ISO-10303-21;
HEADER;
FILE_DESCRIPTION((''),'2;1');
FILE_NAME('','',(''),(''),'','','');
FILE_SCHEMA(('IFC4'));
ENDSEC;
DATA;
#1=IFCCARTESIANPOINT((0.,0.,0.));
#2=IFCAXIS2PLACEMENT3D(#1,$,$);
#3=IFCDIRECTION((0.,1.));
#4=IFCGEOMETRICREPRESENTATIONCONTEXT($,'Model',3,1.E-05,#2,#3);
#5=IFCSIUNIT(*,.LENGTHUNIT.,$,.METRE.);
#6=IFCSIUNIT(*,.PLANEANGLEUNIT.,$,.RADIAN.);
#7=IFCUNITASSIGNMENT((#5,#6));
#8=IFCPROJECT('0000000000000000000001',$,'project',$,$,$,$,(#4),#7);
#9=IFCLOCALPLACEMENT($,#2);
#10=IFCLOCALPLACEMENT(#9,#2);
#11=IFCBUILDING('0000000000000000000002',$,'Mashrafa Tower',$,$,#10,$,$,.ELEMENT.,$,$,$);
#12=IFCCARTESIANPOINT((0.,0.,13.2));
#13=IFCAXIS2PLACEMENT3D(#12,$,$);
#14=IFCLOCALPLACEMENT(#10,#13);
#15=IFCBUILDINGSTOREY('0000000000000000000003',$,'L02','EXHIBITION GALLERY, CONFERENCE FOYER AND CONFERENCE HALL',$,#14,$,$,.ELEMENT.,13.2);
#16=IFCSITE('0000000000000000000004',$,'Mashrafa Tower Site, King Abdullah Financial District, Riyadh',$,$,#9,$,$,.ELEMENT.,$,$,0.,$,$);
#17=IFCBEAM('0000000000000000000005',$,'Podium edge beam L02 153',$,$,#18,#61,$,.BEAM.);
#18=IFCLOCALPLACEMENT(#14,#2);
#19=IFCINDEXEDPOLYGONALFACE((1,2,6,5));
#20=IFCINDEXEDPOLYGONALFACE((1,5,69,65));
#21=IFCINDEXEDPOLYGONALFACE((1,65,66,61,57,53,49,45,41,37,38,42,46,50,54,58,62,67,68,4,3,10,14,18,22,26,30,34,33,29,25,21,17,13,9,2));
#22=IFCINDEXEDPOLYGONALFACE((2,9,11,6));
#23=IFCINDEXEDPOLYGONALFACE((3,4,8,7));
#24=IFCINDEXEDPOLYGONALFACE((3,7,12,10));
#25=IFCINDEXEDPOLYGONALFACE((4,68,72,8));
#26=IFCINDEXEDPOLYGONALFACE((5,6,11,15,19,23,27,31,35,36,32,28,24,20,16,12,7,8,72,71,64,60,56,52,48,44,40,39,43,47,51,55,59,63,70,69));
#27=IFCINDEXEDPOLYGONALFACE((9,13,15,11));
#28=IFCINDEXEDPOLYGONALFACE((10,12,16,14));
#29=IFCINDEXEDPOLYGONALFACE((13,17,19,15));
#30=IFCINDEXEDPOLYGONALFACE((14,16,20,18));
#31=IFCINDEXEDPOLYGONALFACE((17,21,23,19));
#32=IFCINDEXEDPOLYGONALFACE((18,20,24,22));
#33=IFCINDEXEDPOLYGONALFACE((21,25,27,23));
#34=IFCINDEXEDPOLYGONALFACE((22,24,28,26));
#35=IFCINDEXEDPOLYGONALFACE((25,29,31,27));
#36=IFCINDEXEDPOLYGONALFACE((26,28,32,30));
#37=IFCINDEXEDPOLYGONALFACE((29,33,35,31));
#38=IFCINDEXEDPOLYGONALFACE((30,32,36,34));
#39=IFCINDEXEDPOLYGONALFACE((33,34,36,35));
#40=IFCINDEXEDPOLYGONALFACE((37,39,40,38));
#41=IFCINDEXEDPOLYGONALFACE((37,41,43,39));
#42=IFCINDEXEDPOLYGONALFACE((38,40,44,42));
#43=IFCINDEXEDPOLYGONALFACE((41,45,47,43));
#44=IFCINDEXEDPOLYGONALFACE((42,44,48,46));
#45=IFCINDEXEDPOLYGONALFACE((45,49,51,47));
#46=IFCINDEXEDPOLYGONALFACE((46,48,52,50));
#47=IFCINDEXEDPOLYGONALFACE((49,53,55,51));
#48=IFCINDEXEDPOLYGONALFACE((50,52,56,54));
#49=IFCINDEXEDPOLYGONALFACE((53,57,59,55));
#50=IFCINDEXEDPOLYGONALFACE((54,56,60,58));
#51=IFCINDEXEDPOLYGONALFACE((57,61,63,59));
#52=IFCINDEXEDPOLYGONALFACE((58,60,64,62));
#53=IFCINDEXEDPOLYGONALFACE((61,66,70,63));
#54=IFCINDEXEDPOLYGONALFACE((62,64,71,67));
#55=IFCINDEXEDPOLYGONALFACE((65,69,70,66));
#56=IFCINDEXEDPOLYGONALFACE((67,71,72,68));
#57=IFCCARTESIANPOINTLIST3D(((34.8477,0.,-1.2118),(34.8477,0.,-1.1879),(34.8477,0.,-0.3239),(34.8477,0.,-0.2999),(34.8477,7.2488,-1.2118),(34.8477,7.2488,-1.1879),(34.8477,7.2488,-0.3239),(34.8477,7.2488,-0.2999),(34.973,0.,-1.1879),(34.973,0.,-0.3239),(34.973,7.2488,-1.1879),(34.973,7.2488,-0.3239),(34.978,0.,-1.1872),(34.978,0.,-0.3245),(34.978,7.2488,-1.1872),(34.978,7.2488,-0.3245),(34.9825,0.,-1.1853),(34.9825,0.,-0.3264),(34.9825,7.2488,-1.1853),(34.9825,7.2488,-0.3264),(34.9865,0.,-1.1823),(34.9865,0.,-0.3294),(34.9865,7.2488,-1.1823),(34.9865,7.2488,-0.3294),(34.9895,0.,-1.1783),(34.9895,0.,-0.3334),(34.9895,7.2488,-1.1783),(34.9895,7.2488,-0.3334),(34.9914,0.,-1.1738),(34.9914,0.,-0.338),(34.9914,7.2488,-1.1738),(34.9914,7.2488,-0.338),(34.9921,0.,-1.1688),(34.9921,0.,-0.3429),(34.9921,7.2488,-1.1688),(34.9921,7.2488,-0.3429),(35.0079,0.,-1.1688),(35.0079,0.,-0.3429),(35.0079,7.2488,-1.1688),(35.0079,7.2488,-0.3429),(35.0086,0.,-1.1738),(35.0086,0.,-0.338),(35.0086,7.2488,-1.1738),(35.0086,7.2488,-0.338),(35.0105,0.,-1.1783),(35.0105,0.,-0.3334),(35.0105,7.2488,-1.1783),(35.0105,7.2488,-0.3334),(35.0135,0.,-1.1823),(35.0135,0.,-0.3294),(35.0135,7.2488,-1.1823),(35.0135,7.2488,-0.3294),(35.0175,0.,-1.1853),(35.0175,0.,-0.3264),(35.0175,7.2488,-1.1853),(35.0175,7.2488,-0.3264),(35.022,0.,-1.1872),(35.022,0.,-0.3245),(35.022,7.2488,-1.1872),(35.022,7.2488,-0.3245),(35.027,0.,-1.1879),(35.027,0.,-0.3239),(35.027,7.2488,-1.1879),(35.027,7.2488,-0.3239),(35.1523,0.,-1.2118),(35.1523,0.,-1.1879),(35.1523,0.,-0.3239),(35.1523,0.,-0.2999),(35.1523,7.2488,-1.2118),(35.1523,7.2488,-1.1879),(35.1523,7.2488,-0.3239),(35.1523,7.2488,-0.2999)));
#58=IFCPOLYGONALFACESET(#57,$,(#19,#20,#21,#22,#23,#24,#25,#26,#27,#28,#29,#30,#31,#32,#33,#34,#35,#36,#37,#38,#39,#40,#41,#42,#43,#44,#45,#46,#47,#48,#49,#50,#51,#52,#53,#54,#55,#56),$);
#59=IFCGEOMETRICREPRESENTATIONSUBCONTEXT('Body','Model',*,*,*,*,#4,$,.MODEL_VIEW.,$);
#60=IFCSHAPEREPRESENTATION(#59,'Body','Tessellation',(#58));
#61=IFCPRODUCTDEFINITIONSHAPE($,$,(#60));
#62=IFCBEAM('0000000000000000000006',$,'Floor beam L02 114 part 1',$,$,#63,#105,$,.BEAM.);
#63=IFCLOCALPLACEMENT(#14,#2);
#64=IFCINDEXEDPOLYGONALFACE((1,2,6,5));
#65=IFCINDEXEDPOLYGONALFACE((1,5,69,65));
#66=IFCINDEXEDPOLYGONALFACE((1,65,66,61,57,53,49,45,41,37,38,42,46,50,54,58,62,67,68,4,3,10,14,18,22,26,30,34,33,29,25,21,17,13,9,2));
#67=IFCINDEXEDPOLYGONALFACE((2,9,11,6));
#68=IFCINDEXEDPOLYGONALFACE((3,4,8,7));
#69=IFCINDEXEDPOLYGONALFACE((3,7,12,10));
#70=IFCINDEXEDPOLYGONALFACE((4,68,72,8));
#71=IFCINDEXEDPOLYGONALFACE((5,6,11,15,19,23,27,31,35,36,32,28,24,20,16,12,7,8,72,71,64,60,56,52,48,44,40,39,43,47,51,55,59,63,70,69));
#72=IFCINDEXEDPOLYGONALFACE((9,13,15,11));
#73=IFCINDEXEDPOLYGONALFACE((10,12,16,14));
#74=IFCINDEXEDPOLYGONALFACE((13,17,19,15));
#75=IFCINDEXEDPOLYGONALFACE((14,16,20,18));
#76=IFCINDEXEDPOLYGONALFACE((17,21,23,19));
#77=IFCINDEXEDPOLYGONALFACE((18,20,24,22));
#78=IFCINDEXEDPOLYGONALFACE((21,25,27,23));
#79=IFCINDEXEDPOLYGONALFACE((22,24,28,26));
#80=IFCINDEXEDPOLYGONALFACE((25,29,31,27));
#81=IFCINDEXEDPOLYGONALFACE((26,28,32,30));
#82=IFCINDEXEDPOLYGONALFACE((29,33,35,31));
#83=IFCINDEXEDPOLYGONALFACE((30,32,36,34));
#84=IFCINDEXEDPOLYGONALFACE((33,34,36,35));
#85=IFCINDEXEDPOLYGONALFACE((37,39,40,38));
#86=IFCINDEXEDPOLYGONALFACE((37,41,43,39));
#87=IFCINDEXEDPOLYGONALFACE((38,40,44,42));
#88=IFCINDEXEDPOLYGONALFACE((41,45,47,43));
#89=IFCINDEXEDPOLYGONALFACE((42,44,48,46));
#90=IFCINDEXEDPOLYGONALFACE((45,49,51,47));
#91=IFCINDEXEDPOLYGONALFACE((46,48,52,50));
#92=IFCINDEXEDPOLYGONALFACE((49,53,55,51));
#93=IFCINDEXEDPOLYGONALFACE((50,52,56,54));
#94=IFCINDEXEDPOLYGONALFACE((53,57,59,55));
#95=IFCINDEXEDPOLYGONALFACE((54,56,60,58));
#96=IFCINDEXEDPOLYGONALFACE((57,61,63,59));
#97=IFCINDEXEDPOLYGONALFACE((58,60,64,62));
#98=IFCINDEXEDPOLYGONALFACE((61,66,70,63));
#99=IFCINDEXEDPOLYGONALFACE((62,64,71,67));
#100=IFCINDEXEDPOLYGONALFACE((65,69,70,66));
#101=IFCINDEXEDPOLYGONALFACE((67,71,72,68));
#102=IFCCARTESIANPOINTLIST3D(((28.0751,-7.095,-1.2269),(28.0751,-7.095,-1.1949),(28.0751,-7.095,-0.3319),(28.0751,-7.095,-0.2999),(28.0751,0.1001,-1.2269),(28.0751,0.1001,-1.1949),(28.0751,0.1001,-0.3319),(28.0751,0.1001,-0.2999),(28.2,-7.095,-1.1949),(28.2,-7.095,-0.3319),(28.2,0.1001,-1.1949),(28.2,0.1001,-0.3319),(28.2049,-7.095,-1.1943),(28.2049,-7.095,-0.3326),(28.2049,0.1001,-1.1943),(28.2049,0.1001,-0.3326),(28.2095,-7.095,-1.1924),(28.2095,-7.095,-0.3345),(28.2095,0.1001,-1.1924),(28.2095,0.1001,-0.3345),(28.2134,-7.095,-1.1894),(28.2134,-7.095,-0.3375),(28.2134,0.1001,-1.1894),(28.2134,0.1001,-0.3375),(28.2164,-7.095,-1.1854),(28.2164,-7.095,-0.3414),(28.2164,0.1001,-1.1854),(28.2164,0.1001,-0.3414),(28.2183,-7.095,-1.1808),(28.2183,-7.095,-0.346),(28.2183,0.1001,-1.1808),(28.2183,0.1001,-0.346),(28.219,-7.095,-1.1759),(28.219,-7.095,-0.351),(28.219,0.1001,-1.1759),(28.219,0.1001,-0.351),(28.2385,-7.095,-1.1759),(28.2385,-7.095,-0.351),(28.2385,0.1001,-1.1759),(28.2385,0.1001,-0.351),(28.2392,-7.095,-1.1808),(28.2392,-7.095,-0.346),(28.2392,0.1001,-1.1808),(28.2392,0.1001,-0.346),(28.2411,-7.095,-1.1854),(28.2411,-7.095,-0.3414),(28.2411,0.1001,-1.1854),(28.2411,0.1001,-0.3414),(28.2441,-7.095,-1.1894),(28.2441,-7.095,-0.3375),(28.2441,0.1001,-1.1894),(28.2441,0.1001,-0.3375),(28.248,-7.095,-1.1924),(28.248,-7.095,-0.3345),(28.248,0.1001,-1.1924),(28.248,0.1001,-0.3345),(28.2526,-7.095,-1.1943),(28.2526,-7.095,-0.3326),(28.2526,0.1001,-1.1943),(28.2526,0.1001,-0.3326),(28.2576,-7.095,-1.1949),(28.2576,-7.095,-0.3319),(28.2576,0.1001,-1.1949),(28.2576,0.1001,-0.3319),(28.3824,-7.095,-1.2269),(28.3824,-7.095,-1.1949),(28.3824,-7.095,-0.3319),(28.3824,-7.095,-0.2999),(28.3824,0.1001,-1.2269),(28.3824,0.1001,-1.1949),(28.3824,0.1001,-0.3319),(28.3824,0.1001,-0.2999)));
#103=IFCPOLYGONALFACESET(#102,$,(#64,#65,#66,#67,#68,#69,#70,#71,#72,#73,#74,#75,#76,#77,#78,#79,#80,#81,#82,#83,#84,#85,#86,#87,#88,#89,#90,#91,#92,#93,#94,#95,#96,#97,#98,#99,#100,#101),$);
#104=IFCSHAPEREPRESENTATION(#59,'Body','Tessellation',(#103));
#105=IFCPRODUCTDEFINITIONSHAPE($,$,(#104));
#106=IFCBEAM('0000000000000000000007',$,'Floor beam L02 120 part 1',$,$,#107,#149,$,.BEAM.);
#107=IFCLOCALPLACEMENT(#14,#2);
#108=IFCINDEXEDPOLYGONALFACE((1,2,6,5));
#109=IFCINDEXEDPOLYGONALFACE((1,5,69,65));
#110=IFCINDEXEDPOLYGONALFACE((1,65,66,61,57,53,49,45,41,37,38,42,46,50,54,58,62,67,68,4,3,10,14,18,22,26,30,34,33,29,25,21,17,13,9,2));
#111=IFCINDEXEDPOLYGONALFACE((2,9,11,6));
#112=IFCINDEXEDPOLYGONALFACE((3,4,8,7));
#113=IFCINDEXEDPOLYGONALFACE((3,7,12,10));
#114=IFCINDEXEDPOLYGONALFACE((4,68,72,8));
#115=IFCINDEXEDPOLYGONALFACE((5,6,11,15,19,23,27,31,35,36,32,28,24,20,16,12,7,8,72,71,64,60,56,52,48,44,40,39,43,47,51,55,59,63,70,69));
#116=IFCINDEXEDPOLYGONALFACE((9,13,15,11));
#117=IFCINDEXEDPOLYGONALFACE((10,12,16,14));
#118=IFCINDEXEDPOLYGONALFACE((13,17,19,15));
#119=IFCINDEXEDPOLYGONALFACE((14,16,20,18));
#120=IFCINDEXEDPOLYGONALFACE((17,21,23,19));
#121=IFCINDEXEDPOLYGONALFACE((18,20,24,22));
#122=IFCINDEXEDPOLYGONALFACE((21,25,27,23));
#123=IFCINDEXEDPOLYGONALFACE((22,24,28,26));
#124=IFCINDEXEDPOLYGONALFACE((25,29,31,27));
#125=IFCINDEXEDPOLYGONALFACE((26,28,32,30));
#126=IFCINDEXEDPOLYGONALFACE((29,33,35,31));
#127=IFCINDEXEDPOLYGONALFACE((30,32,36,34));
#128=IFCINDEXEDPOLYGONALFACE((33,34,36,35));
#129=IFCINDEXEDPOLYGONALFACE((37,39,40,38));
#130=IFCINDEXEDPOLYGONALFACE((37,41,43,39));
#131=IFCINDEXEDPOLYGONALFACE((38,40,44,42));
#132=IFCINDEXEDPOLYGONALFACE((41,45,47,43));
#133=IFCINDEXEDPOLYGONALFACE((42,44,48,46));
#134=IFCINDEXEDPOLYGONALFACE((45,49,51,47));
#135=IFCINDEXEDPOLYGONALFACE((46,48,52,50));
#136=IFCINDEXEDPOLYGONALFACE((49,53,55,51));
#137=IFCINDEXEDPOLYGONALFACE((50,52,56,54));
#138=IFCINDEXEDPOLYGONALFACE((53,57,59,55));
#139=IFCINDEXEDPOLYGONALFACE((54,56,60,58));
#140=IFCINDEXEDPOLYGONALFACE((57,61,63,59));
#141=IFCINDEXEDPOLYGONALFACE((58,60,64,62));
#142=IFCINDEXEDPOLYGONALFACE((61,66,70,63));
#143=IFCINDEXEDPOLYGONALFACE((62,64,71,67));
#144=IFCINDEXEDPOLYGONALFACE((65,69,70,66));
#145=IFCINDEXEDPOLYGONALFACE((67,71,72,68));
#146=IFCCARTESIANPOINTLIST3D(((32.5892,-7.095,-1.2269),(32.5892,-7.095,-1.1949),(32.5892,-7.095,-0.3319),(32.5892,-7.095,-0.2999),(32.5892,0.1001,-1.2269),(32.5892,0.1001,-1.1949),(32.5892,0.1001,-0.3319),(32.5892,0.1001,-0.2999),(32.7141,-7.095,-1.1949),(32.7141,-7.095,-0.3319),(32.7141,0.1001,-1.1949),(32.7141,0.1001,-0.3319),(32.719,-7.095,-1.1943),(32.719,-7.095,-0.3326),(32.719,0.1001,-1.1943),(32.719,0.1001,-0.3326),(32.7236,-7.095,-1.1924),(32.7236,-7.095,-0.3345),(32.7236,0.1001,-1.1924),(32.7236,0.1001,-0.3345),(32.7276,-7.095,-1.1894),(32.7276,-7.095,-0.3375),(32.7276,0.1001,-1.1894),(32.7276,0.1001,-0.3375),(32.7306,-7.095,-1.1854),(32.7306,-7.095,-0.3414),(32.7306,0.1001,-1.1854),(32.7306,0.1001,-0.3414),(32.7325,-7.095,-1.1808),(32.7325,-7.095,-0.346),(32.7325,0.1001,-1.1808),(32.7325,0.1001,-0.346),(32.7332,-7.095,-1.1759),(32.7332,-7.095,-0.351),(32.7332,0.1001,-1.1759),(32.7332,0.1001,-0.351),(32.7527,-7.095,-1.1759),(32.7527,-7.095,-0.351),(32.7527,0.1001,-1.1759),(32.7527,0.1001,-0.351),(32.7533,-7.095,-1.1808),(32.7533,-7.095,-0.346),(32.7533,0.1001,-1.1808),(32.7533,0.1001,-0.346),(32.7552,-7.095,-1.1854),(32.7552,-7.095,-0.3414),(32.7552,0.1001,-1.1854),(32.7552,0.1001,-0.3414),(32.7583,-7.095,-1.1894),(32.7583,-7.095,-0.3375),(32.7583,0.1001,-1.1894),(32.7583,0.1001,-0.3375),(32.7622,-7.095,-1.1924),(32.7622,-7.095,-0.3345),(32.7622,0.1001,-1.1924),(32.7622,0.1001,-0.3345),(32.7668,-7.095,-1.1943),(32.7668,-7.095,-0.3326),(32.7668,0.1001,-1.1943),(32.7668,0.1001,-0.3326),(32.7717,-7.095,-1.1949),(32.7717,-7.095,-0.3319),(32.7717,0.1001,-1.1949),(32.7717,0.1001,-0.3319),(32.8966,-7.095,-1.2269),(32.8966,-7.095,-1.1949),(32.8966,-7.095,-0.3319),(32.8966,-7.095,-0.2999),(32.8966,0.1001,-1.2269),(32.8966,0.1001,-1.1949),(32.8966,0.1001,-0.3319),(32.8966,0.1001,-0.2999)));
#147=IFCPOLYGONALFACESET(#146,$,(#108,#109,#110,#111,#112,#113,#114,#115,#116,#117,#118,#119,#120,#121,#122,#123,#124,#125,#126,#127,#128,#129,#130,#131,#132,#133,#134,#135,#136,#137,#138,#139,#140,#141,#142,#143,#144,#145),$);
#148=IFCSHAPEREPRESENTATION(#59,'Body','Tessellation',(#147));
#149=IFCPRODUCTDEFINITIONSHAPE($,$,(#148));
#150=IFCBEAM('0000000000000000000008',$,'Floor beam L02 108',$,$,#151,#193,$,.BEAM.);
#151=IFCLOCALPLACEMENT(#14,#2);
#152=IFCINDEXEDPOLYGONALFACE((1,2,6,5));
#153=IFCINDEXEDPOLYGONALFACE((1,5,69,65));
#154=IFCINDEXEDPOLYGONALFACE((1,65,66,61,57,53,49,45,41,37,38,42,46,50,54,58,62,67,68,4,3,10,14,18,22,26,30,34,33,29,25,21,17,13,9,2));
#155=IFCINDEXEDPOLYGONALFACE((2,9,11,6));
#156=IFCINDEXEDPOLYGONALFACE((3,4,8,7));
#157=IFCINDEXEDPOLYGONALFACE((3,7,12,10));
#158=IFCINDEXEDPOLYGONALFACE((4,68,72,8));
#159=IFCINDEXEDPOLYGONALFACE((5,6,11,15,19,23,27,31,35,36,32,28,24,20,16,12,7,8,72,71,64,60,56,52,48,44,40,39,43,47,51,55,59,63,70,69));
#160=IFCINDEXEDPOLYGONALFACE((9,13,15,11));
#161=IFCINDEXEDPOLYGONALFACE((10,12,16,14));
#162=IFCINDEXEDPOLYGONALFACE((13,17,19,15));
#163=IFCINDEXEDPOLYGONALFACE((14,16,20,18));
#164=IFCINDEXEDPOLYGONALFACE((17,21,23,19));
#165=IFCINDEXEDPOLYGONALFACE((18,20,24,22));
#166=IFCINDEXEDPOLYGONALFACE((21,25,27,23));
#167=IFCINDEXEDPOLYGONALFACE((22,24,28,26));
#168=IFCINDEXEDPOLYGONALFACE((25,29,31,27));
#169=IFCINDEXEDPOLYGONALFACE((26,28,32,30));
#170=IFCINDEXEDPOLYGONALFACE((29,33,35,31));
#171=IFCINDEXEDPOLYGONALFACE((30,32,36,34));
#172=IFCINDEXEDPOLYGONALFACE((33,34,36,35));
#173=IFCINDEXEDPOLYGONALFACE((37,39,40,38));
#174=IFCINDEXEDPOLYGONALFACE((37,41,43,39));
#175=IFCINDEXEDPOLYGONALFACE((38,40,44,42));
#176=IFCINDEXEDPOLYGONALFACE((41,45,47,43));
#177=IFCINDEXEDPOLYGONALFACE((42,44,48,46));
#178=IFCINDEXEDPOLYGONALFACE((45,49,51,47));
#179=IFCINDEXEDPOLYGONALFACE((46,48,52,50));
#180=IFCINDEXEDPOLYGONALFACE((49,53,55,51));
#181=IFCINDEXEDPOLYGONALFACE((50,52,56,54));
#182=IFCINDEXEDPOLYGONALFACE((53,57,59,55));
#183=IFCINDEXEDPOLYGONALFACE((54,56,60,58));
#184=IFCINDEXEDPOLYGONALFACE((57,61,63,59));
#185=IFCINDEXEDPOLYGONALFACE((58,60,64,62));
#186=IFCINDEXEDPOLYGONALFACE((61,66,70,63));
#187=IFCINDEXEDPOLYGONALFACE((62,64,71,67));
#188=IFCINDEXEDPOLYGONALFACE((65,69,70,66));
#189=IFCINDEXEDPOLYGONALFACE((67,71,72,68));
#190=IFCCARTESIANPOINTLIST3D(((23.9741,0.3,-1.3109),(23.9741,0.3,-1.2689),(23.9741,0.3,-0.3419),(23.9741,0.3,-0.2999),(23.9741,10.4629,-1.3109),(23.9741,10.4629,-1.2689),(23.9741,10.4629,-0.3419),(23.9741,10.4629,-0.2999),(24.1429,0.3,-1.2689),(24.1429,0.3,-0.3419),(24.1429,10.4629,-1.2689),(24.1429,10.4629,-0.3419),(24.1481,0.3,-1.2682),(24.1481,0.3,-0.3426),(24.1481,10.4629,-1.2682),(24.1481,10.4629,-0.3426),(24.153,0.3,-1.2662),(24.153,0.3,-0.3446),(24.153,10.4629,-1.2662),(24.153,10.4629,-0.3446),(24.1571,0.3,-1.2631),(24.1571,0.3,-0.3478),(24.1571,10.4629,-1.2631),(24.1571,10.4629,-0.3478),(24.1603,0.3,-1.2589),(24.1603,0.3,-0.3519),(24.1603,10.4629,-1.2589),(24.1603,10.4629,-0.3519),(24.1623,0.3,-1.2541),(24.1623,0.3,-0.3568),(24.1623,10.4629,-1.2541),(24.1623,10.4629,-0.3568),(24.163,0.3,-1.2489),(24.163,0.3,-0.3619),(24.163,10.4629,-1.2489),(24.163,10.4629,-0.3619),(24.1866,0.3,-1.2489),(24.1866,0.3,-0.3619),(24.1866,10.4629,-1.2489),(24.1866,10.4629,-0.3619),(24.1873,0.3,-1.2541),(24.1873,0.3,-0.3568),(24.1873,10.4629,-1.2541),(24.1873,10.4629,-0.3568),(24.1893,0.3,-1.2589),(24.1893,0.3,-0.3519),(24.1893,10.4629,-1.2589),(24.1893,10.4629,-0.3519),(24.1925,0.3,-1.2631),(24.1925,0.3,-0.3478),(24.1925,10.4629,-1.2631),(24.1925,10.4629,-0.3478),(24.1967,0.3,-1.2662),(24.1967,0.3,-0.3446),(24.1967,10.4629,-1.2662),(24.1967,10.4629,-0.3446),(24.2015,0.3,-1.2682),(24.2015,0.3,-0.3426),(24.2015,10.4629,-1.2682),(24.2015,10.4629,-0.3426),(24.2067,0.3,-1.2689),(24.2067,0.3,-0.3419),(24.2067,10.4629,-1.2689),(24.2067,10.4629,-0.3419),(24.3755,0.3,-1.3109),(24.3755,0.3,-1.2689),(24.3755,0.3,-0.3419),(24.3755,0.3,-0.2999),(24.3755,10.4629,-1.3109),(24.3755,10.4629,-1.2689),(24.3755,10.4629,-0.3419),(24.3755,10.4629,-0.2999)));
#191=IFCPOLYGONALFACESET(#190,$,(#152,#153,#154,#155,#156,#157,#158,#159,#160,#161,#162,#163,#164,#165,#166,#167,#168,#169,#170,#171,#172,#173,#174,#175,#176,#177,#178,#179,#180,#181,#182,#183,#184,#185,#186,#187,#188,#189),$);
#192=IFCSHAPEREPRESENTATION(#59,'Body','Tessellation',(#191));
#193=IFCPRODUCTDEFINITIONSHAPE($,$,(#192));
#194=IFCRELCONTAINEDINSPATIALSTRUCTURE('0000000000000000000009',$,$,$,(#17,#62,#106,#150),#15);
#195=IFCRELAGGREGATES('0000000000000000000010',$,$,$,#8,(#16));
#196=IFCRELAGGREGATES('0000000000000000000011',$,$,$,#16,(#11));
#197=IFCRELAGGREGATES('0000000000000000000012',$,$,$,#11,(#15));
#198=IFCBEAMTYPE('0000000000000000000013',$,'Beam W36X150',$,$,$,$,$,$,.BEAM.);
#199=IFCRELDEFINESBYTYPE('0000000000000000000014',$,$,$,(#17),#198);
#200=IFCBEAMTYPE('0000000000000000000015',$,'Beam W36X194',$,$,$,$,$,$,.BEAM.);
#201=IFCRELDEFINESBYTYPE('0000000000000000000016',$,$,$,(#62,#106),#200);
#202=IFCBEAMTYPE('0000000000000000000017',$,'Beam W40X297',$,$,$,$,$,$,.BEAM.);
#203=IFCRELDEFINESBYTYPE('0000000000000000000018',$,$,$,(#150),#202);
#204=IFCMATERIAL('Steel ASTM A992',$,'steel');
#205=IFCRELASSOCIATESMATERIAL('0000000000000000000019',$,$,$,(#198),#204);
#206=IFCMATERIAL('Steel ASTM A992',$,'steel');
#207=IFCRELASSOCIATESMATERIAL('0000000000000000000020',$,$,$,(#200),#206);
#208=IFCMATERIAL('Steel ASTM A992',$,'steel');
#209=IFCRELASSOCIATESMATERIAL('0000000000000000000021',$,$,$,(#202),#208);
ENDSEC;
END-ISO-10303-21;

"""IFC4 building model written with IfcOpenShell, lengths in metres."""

from ifc_helpers import new_model, si_unit, direction, frame, origin, origin_2d, place, context, subcontext, project, spatial, i_section, extrude, material, material_profile, profile_set, type_object, element, save


model = new_model("IFC4")

# Units and contexts
model_context = context("Model", 3, precision=1e-05, world=origin(), true_north=direction((0.0, 1.0)))
body_context = subcontext(model_context, "Body", "Model", "MODEL_VIEW")
ifc_project = project(units=[si_unit("LENGTHUNIT", "METRE"), si_unit("PLANEANGLEUNIT", "RADIAN")], contexts=[model_context])

# Site, building, storey
site_placement = place(None, origin())
site = spatial("IfcSite", under=ifc_project, at=site_placement, Name="Mashrafa Tower Site, King Abdullah Financial District, Riyadh", CompositionType="ELEMENT", RefElevation=0.0)
building_placement = place(site_placement, origin())
building = spatial("IfcBuilding", under=site, at=building_placement, Name="Mashrafa Tower", CompositionType="ELEMENT")
storey_placement = place(building_placement, frame((0.0, 0.0, 13.2)))
storey = spatial("IfcBuildingStorey", under=building, at=storey_placement, Name="L02", Description="EXHIBITION GALLERY, CONFERENCE FOYER AND CONFERENCE HALL", CompositionType="ELEMENT", Elevation=13.2)

# Beams
ifc_material_1 = material(Name="Steel ASTM A992", Category="steel")
ifc_material_profile_1 = material_profile(ifc_material_1, i_section(OverallWidth=0.3047, OverallDepth=0.9119, WebThickness=0.0159, FlangeThickness=0.0239, FilletRadius=0.019, at=origin_2d()), Name="W36X150")
ifc_profile_set_1 = profile_set([ifc_material_profile_1], Name="Steel ASTM A992")
beam_type_1 = type_object("IfcBeamType", Name="Beam W36X150", PredefinedType="BEAM", material=ifc_profile_set_1)
beam_1_placement = place(storey_placement, frame((35.0, 0.0, -0.7559), z_axis=(0.0, 1.0, 0.0), x_axis=(-1.0, 0.0, 0.0)))
element("IfcBeam", 1, at=beam_1_placement, inside=storey, type_object=beam_type_1, Name="Podium edge beam L02 153", PredefinedType="BEAM", context=body_context, shape_type="SweptSolid", body=[
    extrude(i_section(OverallWidth=0.3047, OverallDepth=0.9119, WebThickness=0.0159, FlangeThickness=0.0239, FilletRadius=0.019, at=origin_2d()), origin(), (0.0, 0.0, 1.0), 7.2488),
])
ifc_material_2 = material(Name="Steel ASTM A992", Category="steel")
ifc_material_profile_2 = material_profile(ifc_material_2, i_section(OverallWidth=0.3074, OverallDepth=0.927, WebThickness=0.0195, FlangeThickness=0.032, FilletRadius=0.019, at=origin_2d()), Name="W36X194")
ifc_profile_set_2 = profile_set([ifc_material_profile_2], Name="Steel ASTM A992")
beam_type_2 = type_object("IfcBeamType", Name="Beam W36X194", PredefinedType="BEAM", material=ifc_profile_set_2)
for number, where, z_axis, x_axis, name in (
    (2, (28.2288, 0.1001, -0.7634), (0.0, -1.0, 0.0), (1.0, 0.0, 0.0), "Floor beam L02 114 part 1"),
    (3, (32.7429, 0.1001, -0.7634), (0.0, -1.0, 0.0), (1.0, 0.0, 0.0), "Floor beam L02 120 part 1"),
):
    element("IfcBeam", number, at=place(storey_placement, frame(where, z_axis=z_axis, x_axis=x_axis)), inside=storey, type_object=beam_type_2, Name=name, PredefinedType="BEAM", context=body_context, shape_type="SweptSolid", body=[
        extrude(i_section(OverallWidth=0.3074, OverallDepth=0.927, WebThickness=0.0195, FlangeThickness=0.032, FilletRadius=0.019, at=origin_2d()), origin(), (0.0, 0.0, 1.0), 7.1951),
    ])
ifc_material_3 = material(Name="Steel ASTM A992", Category="steel")
ifc_material_profile_3 = material_profile(ifc_material_3, i_section(OverallWidth=0.4014, OverallDepth=1.011, WebThickness=0.0237, FlangeThickness=0.042, FilletRadius=0.02, at=origin_2d()), Name="W40X297")
ifc_profile_set_3 = profile_set([ifc_material_profile_3], Name="Steel ASTM A992")
beam_type_3 = type_object("IfcBeamType", Name="Beam W40X297", PredefinedType="BEAM", material=ifc_profile_set_3)
beam_2_placement = place(storey_placement, frame((24.1748, 10.4629, -0.8054), z_axis=(0.0, -1.0, 0.0), x_axis=(1.0, 0.0, 0.0)))
element("IfcBeam", 4, at=beam_2_placement, inside=storey, type_object=beam_type_3, Name="Floor beam L02 108", PredefinedType="BEAM", context=body_context, shape_type="SweptSolid", body=[
    extrude(i_section(OverallWidth=0.4014, OverallDepth=1.011, WebThickness=0.0237, FlangeThickness=0.042, FilletRadius=0.02, at=origin_2d()), origin(), (0.0, 0.0, 1.0), 10.1628),
])

save(model, "model.ifc")
